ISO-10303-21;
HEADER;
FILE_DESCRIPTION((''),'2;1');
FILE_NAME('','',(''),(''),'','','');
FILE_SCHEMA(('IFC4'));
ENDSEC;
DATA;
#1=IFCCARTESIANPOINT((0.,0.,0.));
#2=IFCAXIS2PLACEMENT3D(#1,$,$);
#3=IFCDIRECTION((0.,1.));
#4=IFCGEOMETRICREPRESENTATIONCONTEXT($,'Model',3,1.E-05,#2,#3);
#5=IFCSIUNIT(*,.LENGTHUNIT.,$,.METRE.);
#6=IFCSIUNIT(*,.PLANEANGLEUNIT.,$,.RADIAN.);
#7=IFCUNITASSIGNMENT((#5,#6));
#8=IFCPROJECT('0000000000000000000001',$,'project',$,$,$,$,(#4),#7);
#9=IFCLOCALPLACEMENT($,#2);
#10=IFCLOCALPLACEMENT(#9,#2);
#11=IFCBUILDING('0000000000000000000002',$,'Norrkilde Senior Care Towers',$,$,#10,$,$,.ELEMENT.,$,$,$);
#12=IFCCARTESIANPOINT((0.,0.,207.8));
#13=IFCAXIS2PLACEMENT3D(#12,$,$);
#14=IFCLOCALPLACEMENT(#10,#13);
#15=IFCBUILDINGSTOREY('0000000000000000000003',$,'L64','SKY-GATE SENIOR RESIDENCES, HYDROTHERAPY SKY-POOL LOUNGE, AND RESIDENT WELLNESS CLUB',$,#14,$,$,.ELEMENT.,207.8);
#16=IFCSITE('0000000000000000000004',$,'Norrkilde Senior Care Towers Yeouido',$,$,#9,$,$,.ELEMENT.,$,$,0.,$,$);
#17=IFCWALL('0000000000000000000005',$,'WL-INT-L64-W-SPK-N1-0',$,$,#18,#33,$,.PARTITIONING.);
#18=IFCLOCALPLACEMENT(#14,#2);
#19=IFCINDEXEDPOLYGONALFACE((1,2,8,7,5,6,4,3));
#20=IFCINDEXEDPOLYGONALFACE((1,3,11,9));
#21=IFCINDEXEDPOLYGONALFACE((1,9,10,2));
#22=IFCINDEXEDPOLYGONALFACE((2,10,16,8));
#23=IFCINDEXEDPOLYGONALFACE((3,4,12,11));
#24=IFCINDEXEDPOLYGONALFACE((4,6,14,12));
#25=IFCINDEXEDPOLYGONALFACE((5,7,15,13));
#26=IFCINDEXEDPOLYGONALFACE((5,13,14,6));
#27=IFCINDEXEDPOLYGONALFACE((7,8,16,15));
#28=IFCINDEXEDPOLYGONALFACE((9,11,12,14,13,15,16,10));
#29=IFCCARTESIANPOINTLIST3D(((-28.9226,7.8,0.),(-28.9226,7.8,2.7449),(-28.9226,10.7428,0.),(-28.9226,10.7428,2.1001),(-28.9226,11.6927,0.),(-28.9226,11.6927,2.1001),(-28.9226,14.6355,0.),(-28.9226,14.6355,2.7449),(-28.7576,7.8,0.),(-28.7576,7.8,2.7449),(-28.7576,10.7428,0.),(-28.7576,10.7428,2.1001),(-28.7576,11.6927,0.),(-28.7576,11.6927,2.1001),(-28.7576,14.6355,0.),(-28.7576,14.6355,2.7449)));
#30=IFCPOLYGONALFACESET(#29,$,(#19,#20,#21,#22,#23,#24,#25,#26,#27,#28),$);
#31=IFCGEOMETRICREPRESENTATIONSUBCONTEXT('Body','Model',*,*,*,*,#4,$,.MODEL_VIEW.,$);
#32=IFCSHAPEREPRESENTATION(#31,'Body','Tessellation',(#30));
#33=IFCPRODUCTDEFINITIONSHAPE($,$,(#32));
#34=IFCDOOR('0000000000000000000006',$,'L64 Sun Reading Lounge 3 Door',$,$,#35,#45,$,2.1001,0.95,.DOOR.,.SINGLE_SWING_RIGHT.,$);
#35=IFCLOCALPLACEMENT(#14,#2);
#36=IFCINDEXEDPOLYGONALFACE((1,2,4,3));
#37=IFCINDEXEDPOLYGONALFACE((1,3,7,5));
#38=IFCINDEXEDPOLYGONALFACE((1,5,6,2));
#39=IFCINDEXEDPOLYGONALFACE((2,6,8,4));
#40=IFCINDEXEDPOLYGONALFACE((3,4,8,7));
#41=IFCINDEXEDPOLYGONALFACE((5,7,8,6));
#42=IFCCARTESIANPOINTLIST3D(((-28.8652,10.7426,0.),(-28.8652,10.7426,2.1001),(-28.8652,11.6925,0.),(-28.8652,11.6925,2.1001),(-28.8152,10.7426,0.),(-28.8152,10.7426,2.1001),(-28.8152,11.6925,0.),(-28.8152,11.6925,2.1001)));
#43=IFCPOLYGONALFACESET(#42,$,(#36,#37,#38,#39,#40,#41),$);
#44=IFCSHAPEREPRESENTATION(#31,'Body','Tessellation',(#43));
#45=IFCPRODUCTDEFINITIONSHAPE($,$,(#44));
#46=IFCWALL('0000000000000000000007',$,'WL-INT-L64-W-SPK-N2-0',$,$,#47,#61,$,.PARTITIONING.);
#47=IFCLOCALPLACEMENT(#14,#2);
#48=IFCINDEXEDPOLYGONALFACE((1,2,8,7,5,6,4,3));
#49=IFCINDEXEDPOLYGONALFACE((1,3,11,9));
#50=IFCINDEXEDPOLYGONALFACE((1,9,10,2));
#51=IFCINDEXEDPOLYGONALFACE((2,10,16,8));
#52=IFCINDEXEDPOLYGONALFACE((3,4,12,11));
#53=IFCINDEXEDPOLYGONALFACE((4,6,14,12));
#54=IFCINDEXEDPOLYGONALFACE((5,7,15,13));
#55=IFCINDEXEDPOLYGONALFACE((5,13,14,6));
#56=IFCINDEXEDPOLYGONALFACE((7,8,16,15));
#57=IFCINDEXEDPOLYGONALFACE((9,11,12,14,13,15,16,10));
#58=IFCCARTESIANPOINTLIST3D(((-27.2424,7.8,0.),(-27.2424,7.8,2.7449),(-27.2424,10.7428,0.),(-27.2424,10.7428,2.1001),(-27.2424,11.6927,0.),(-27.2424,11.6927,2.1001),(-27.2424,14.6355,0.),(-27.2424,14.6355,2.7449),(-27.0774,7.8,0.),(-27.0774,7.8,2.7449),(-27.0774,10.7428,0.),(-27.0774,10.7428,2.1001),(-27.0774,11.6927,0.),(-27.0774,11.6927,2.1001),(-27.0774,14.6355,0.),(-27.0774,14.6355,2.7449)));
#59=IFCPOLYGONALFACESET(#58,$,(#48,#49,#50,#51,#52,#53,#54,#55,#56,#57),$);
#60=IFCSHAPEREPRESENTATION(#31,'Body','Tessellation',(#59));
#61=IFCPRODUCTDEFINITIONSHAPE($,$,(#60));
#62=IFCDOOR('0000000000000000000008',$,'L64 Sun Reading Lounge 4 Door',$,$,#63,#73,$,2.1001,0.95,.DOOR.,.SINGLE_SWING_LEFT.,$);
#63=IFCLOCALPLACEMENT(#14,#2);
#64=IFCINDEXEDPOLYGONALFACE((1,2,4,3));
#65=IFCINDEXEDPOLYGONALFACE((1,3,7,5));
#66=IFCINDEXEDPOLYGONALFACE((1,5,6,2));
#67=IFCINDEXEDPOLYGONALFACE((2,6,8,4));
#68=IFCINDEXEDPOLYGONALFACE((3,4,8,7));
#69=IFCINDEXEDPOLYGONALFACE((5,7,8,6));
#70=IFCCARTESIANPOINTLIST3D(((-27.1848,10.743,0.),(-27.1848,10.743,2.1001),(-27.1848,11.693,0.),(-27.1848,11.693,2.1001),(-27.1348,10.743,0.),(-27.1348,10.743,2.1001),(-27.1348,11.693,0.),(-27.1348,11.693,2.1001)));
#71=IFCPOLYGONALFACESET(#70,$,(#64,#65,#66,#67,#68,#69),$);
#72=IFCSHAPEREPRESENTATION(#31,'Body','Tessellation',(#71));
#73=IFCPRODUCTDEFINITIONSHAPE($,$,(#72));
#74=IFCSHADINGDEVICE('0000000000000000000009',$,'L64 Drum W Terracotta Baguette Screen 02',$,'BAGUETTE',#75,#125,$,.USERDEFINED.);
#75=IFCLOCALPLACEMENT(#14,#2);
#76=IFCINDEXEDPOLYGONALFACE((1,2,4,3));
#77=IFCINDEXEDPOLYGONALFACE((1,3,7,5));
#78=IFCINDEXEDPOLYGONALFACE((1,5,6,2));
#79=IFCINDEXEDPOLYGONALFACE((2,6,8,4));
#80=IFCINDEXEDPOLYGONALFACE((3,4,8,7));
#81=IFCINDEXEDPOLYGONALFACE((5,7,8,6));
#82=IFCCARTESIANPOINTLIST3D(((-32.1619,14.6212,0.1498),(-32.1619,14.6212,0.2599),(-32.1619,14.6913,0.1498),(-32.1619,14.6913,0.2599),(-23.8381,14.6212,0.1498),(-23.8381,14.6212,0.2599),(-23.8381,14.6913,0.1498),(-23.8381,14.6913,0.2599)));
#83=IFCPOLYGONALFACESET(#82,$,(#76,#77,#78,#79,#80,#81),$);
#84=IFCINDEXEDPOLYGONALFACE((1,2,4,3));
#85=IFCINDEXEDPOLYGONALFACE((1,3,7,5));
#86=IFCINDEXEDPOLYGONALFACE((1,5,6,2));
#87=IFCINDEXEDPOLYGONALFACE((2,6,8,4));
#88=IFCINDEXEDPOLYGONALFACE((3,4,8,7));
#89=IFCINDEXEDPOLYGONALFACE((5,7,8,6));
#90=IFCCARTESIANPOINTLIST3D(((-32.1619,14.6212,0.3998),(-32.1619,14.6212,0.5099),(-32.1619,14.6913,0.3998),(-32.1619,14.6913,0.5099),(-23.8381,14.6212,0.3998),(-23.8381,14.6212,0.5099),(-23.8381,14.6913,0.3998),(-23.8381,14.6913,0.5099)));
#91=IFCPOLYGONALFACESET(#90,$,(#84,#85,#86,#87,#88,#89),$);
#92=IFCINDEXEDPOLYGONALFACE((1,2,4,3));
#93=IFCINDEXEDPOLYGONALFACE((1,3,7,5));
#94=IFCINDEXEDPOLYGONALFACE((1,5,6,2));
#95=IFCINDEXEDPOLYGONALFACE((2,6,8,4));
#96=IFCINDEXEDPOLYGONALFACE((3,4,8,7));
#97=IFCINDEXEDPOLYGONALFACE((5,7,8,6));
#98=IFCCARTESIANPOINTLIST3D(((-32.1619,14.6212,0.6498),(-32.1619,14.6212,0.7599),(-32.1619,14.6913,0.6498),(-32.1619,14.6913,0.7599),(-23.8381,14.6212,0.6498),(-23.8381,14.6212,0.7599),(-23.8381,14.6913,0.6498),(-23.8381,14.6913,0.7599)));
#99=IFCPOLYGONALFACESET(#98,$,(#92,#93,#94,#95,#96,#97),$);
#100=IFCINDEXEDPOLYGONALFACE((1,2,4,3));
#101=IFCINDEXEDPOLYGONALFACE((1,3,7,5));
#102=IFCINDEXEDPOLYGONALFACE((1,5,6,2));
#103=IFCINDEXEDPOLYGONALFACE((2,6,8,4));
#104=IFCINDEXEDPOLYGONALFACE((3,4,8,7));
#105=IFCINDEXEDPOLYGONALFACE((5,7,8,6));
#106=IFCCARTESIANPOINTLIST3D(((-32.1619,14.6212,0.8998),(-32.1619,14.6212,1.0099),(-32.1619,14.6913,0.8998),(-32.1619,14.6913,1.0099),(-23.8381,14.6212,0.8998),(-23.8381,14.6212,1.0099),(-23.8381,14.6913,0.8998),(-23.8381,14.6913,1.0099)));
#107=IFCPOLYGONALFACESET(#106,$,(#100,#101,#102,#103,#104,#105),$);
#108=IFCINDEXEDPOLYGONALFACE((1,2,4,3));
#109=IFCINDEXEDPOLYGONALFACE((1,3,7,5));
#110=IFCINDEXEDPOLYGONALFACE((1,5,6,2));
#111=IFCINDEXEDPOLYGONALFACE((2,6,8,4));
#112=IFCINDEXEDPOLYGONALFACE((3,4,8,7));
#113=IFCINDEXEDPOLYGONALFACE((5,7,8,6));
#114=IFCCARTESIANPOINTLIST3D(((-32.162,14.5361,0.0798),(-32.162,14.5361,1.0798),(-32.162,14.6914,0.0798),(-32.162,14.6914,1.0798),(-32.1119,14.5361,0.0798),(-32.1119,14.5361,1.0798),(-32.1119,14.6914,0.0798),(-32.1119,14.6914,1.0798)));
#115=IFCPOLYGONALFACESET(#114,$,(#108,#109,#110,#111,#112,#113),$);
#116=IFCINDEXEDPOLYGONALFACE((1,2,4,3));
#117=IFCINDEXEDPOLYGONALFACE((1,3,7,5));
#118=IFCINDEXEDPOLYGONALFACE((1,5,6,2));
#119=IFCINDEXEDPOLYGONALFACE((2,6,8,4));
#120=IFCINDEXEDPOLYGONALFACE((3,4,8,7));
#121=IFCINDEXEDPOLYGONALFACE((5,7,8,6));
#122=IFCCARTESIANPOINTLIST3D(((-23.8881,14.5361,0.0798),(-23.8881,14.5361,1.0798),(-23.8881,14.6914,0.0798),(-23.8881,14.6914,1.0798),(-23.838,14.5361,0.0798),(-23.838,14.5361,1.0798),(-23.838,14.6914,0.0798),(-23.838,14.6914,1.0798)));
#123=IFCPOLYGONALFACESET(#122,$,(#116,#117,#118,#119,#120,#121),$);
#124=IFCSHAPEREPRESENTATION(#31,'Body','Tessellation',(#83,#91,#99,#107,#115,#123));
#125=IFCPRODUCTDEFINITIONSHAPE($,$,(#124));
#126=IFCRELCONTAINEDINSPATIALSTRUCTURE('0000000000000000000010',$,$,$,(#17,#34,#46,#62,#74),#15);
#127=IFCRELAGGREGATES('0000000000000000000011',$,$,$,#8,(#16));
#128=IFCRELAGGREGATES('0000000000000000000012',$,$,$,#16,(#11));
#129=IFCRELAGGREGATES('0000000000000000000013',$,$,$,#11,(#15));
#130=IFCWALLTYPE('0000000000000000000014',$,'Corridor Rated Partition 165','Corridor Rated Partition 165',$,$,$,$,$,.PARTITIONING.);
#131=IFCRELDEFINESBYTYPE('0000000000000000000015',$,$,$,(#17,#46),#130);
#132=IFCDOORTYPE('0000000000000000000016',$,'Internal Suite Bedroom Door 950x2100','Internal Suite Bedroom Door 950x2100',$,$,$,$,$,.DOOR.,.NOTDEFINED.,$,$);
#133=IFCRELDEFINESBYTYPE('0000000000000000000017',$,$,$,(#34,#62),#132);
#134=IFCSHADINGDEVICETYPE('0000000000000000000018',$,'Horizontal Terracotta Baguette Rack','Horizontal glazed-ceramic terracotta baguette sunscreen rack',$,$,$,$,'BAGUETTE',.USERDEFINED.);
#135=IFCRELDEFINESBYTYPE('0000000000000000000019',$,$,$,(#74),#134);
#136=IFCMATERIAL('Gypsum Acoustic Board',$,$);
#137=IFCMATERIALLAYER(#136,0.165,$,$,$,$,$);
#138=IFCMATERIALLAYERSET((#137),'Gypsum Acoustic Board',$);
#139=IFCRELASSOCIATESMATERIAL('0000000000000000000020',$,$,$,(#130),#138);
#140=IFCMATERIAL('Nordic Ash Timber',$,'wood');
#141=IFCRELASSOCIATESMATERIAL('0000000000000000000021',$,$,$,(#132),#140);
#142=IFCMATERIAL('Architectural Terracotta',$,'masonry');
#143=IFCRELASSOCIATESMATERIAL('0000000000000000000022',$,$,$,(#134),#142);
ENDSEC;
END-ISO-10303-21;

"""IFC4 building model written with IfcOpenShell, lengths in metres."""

from ifc_helpers import new_model, si_unit, direction, frame, frame_2d, origin, origin_2d, place, context, subcontext, project, spatial, rectangle, extrude, source, transform, mapped, material, layer, layer_set, type_object, type_shapes, element, fill, save


model = new_model("IFC4")

# Units and contexts
model_context = context("Model", 3, precision=1e-05, world=origin(), true_north=direction((0.0, 1.0)))
body_context = subcontext(model_context, "Body", "Model", "MODEL_VIEW")
ifc_project = project(units=[si_unit("LENGTHUNIT", "METRE"), si_unit("PLANEANGLEUNIT", "RADIAN")], contexts=[model_context])

# Site, building, storey
site_placement = place(None, origin())
site = spatial("IfcSite", under=ifc_project, at=site_placement, Name="Norrkilde Senior Care Towers Yeouido", CompositionType="ELEMENT", RefElevation=0.0)
building_placement = place(site_placement, origin())
building = spatial("IfcBuilding", under=site, at=building_placement, Name="Norrkilde Senior Care Towers", CompositionType="ELEMENT")
storey_placement = place(building_placement, frame((0.0, 0.0, 207.8)))
storey = spatial("IfcBuildingStorey", under=building, at=storey_placement, Name="L64", Description="SKY-GATE SENIOR RESIDENCES, HYDROTHERAPY SKY-POOL LOUNGE, AND RESIDENT WELLNESS CLUB", CompositionType="ELEMENT", Elevation=207.8)

# Shared definitions
ifc_material_1 = material(Name="Gypsum Acoustic Board")
ifc_layer_1 = layer(ifc_material_1, 0.165)
ifc_layer_set_1 = layer_set([ifc_layer_1], Name="Gypsum Acoustic Board")
wall_type = type_object("IfcWallType", Name="Corridor Rated Partition 165", Description="Corridor Rated Partition 165", PredefinedType="PARTITIONING", material=ifc_layer_set_1)

# Walls, openings, doors
ifc_material_2 = material(Name="Nordic Ash Timber", Category="wood")
shared_shape_1 = source(origin(), body_context, "Body", "SweptSolid", [
    extrude(rectangle(XDim=6.8354, YDim=0.165, at=frame_2d((3.4177, 0.0))), origin(), (0.0, 0.0, 1.0), 2.7449),
])
wall_1_placement = place(storey_placement, frame((-28.8401, 7.8, 0.0), z_axis=(0.0, 0.0, 1.0), x_axis=(0.0, 1.0, 0.0)))
wall_1 = element("IfcWall", 1, at=wall_1_placement, inside=storey, type_object=wall_type, Name="WL-INT-L64-W-SPK-N1-0", PredefinedType="PARTITIONING", context=body_context, shape_type="MappedRepresentation", body=[
    mapped(shared_shape_1, transform((0.0, 0.0, 0.0), x_axis=(1.0, 0.0, 0.0), y_axis=(0.0, 1.0, 0.0), z_axis=(0.0, 0.0, 1.0), scale=1.0)),
])
opening_1_placement = place(wall_1_placement, frame((2.9426, 0.0, 0.0)))
opening_1 = element("IfcOpeningElement", 2, at=opening_1_placement, cuts=wall_1, PredefinedType="OPENING", context=body_context, shape_type="SweptSolid", body=[
    extrude(rectangle(XDim=0.95, YDim=2.1001, at=frame_2d((0.4751, 1.05))), frame((0.0, 0.0925, 0.0), z_axis=(0.0, -1.0, 0.0), x_axis=(1.0, 0.0, 0.0)), (0.0, 0.0, 1.0), 0.1851),
])
door_type_1 = type_object("IfcDoorType", Name="Internal Suite Bedroom Door 950x2100", Description="Internal Suite Bedroom Door 950x2100", OperationType="NOTDEFINED", PredefinedType="DOOR", material=ifc_material_2)
shared_shape_2 = source(origin(), body_context, "Body", "SweptSolid", [
    extrude(rectangle(XDim=0.95, YDim=2.1001, at=frame_2d((0.4751, 1.05))), frame((0.0, 0.0249, 0.0), z_axis=(0.0, -1.0, 0.0), x_axis=(1.0, 0.0, 0.0)), (0.0, 0.0, 1.0), 0.05),
])
type_shapes(door_type_1, [shared_shape_2])
door_1_placement = place(opening_1_placement, frame((0.95, 0.0, 0.0), z_axis=(0.0, 0.0, 1.0), x_axis=(-1.0, 0.0, 0.0)))
door_1 = element("IfcDoor", 3, at=door_1_placement, inside=storey, type_object=door_type_1, Name="L64 Sun Reading Lounge 3 Door", OperationType="SINGLE_SWING_RIGHT", OverallHeight=2.1001, OverallWidth=0.95, PredefinedType="DOOR", context=body_context, shape_type="MappedRepresentation", body=[
    mapped(shared_shape_2, transform((0.0, 0.0, 0.0), x_axis=(1.0, 0.0, 0.0), y_axis=(0.0, 1.0, 0.0), z_axis=(0.0, 0.0, 1.0), scale=1.0)),
])
fill(opening_1, door_1)
wall_2_placement = place(storey_placement, frame((-27.1599, 14.6355, 0.0), z_axis=(0.0, 0.0, 1.0), x_axis=(0.0, -1.0, 0.0)))
wall_2 = element("IfcWall", 4, at=wall_2_placement, inside=storey, type_object=wall_type, Name="WL-INT-L64-W-SPK-N2-0", PredefinedType="PARTITIONING", context=body_context, shape_type="MappedRepresentation", body=[
    mapped(shared_shape_1, transform((0.0, 0.0, 0.0), x_axis=(1.0, 0.0, 0.0), y_axis=(0.0, 1.0, 0.0), z_axis=(0.0, 0.0, 1.0), scale=1.0)),
])
opening_2_placement = place(wall_2_placement, frame((2.9426, 0.0, 0.0)))
opening_2 = element("IfcOpeningElement", 5, at=opening_2_placement, cuts=wall_2, PredefinedType="OPENING", context=body_context, shape_type="SweptSolid", body=[
    extrude(rectangle(XDim=0.95, YDim=2.1001, at=frame_2d((0.4751, 1.05))), frame((0.0, 0.0925, 0.0), z_axis=(0.0, -1.0, 0.0), x_axis=(1.0, 0.0, 0.0)), (0.0, 0.0, 1.0), 0.1851),
])
door_2_placement = place(opening_2_placement, frame((0.95, 0.0, 0.0), z_axis=(0.0, 0.0, 1.0), x_axis=(-1.0, 0.0, 0.0)))
door_2 = element("IfcDoor", 6, at=door_2_placement, inside=storey, type_object=door_type_1, Name="L64 Sun Reading Lounge 4 Door", OperationType="SINGLE_SWING_LEFT", OverallHeight=2.1001, OverallWidth=0.95, PredefinedType="DOOR", context=body_context, shape_type="MappedRepresentation", body=[
    mapped(shared_shape_2, transform((0.0, 0.0, 0.0), x_axis=(1.0, 0.0, 0.0), y_axis=(0.0, 1.0, 0.0), z_axis=(0.0, 0.0, 1.0), scale=1.0)),
])
fill(opening_2, door_2)

# Shading device
ifc_material_3 = material(Name="Architectural Terracotta", Category="masonry")
shading_device_type = type_object("IfcShadingDeviceType", Name="Horizontal Terracotta Baguette Rack", Description="Horizontal glazed-ceramic terracotta baguette sunscreen rack", ElementType="BAGUETTE", PredefinedType="USERDEFINED", material=ifc_material_3)
shared_shape_3 = source(origin(), body_context, "Body", "SweptSolid", [
    extrude(rectangle(XDim=0.0701, YDim=0.1101, at=origin_2d()), frame((0.0, 0.0901, 0.125), z_axis=(1.0, 0.0, 0.0), x_axis=(0.0, 1.0, 0.0)), (0.0, 0.0, 1.0), 8.3237),
    extrude(rectangle(XDim=0.0701, YDim=0.1101, at=origin_2d()), frame((0.0, 0.0901, 0.375), z_axis=(1.0, 0.0, 0.0), x_axis=(0.0, 1.0, 0.0)), (0.0, 0.0, 1.0), 8.3237),
    extrude(rectangle(XDim=0.0701, YDim=0.1101, at=origin_2d()), frame((0.0, 0.0901, 0.625), z_axis=(1.0, 0.0, 0.0), x_axis=(0.0, 1.0, 0.0)), (0.0, 0.0, 1.0), 8.3237),
    extrude(rectangle(XDim=0.0701, YDim=0.1101, at=origin_2d()), frame((0.0, 0.0901, 0.875), z_axis=(1.0, 0.0, 0.0), x_axis=(0.0, 1.0, 0.0)), (0.0, 0.0, 1.0), 8.3237),
    extrude(rectangle(XDim=0.05, YDim=0.1553, at=origin_2d()), frame((0.0249, 0.0476, 0.0)), (0.0, 0.0, 1.0), 1.0),
    extrude(rectangle(XDim=0.05, YDim=0.1553, at=origin_2d()), frame((8.2988, 0.0476, 0.0)), (0.0, 0.0, 1.0), 1.0),
])
type_shapes(shading_device_type, [shared_shape_3])
shading_device_placement = place(storey_placement, frame((-32.1619, 14.5662, 0.0798), z_axis=(0.0, 0.0, 1.0), x_axis=(1.0, 0.0, 0.0)))
element("IfcShadingDevice", 7, at=shading_device_placement, inside=storey, type_object=shading_device_type, Name="L64 Drum W Terracotta Baguette Screen 02", ObjectType="BAGUETTE", PredefinedType="USERDEFINED", context=body_context, shape_type="MappedRepresentation", body=[
    mapped(shared_shape_3, transform((0.0, 0.0, 0.0), x_axis=(1.0, 0.0, 0.0), y_axis=(0.0, 1.0, 0.0), z_axis=(0.0, 0.0, 1.0), scale=1.0)),
])

save(model, "model.ifc")
